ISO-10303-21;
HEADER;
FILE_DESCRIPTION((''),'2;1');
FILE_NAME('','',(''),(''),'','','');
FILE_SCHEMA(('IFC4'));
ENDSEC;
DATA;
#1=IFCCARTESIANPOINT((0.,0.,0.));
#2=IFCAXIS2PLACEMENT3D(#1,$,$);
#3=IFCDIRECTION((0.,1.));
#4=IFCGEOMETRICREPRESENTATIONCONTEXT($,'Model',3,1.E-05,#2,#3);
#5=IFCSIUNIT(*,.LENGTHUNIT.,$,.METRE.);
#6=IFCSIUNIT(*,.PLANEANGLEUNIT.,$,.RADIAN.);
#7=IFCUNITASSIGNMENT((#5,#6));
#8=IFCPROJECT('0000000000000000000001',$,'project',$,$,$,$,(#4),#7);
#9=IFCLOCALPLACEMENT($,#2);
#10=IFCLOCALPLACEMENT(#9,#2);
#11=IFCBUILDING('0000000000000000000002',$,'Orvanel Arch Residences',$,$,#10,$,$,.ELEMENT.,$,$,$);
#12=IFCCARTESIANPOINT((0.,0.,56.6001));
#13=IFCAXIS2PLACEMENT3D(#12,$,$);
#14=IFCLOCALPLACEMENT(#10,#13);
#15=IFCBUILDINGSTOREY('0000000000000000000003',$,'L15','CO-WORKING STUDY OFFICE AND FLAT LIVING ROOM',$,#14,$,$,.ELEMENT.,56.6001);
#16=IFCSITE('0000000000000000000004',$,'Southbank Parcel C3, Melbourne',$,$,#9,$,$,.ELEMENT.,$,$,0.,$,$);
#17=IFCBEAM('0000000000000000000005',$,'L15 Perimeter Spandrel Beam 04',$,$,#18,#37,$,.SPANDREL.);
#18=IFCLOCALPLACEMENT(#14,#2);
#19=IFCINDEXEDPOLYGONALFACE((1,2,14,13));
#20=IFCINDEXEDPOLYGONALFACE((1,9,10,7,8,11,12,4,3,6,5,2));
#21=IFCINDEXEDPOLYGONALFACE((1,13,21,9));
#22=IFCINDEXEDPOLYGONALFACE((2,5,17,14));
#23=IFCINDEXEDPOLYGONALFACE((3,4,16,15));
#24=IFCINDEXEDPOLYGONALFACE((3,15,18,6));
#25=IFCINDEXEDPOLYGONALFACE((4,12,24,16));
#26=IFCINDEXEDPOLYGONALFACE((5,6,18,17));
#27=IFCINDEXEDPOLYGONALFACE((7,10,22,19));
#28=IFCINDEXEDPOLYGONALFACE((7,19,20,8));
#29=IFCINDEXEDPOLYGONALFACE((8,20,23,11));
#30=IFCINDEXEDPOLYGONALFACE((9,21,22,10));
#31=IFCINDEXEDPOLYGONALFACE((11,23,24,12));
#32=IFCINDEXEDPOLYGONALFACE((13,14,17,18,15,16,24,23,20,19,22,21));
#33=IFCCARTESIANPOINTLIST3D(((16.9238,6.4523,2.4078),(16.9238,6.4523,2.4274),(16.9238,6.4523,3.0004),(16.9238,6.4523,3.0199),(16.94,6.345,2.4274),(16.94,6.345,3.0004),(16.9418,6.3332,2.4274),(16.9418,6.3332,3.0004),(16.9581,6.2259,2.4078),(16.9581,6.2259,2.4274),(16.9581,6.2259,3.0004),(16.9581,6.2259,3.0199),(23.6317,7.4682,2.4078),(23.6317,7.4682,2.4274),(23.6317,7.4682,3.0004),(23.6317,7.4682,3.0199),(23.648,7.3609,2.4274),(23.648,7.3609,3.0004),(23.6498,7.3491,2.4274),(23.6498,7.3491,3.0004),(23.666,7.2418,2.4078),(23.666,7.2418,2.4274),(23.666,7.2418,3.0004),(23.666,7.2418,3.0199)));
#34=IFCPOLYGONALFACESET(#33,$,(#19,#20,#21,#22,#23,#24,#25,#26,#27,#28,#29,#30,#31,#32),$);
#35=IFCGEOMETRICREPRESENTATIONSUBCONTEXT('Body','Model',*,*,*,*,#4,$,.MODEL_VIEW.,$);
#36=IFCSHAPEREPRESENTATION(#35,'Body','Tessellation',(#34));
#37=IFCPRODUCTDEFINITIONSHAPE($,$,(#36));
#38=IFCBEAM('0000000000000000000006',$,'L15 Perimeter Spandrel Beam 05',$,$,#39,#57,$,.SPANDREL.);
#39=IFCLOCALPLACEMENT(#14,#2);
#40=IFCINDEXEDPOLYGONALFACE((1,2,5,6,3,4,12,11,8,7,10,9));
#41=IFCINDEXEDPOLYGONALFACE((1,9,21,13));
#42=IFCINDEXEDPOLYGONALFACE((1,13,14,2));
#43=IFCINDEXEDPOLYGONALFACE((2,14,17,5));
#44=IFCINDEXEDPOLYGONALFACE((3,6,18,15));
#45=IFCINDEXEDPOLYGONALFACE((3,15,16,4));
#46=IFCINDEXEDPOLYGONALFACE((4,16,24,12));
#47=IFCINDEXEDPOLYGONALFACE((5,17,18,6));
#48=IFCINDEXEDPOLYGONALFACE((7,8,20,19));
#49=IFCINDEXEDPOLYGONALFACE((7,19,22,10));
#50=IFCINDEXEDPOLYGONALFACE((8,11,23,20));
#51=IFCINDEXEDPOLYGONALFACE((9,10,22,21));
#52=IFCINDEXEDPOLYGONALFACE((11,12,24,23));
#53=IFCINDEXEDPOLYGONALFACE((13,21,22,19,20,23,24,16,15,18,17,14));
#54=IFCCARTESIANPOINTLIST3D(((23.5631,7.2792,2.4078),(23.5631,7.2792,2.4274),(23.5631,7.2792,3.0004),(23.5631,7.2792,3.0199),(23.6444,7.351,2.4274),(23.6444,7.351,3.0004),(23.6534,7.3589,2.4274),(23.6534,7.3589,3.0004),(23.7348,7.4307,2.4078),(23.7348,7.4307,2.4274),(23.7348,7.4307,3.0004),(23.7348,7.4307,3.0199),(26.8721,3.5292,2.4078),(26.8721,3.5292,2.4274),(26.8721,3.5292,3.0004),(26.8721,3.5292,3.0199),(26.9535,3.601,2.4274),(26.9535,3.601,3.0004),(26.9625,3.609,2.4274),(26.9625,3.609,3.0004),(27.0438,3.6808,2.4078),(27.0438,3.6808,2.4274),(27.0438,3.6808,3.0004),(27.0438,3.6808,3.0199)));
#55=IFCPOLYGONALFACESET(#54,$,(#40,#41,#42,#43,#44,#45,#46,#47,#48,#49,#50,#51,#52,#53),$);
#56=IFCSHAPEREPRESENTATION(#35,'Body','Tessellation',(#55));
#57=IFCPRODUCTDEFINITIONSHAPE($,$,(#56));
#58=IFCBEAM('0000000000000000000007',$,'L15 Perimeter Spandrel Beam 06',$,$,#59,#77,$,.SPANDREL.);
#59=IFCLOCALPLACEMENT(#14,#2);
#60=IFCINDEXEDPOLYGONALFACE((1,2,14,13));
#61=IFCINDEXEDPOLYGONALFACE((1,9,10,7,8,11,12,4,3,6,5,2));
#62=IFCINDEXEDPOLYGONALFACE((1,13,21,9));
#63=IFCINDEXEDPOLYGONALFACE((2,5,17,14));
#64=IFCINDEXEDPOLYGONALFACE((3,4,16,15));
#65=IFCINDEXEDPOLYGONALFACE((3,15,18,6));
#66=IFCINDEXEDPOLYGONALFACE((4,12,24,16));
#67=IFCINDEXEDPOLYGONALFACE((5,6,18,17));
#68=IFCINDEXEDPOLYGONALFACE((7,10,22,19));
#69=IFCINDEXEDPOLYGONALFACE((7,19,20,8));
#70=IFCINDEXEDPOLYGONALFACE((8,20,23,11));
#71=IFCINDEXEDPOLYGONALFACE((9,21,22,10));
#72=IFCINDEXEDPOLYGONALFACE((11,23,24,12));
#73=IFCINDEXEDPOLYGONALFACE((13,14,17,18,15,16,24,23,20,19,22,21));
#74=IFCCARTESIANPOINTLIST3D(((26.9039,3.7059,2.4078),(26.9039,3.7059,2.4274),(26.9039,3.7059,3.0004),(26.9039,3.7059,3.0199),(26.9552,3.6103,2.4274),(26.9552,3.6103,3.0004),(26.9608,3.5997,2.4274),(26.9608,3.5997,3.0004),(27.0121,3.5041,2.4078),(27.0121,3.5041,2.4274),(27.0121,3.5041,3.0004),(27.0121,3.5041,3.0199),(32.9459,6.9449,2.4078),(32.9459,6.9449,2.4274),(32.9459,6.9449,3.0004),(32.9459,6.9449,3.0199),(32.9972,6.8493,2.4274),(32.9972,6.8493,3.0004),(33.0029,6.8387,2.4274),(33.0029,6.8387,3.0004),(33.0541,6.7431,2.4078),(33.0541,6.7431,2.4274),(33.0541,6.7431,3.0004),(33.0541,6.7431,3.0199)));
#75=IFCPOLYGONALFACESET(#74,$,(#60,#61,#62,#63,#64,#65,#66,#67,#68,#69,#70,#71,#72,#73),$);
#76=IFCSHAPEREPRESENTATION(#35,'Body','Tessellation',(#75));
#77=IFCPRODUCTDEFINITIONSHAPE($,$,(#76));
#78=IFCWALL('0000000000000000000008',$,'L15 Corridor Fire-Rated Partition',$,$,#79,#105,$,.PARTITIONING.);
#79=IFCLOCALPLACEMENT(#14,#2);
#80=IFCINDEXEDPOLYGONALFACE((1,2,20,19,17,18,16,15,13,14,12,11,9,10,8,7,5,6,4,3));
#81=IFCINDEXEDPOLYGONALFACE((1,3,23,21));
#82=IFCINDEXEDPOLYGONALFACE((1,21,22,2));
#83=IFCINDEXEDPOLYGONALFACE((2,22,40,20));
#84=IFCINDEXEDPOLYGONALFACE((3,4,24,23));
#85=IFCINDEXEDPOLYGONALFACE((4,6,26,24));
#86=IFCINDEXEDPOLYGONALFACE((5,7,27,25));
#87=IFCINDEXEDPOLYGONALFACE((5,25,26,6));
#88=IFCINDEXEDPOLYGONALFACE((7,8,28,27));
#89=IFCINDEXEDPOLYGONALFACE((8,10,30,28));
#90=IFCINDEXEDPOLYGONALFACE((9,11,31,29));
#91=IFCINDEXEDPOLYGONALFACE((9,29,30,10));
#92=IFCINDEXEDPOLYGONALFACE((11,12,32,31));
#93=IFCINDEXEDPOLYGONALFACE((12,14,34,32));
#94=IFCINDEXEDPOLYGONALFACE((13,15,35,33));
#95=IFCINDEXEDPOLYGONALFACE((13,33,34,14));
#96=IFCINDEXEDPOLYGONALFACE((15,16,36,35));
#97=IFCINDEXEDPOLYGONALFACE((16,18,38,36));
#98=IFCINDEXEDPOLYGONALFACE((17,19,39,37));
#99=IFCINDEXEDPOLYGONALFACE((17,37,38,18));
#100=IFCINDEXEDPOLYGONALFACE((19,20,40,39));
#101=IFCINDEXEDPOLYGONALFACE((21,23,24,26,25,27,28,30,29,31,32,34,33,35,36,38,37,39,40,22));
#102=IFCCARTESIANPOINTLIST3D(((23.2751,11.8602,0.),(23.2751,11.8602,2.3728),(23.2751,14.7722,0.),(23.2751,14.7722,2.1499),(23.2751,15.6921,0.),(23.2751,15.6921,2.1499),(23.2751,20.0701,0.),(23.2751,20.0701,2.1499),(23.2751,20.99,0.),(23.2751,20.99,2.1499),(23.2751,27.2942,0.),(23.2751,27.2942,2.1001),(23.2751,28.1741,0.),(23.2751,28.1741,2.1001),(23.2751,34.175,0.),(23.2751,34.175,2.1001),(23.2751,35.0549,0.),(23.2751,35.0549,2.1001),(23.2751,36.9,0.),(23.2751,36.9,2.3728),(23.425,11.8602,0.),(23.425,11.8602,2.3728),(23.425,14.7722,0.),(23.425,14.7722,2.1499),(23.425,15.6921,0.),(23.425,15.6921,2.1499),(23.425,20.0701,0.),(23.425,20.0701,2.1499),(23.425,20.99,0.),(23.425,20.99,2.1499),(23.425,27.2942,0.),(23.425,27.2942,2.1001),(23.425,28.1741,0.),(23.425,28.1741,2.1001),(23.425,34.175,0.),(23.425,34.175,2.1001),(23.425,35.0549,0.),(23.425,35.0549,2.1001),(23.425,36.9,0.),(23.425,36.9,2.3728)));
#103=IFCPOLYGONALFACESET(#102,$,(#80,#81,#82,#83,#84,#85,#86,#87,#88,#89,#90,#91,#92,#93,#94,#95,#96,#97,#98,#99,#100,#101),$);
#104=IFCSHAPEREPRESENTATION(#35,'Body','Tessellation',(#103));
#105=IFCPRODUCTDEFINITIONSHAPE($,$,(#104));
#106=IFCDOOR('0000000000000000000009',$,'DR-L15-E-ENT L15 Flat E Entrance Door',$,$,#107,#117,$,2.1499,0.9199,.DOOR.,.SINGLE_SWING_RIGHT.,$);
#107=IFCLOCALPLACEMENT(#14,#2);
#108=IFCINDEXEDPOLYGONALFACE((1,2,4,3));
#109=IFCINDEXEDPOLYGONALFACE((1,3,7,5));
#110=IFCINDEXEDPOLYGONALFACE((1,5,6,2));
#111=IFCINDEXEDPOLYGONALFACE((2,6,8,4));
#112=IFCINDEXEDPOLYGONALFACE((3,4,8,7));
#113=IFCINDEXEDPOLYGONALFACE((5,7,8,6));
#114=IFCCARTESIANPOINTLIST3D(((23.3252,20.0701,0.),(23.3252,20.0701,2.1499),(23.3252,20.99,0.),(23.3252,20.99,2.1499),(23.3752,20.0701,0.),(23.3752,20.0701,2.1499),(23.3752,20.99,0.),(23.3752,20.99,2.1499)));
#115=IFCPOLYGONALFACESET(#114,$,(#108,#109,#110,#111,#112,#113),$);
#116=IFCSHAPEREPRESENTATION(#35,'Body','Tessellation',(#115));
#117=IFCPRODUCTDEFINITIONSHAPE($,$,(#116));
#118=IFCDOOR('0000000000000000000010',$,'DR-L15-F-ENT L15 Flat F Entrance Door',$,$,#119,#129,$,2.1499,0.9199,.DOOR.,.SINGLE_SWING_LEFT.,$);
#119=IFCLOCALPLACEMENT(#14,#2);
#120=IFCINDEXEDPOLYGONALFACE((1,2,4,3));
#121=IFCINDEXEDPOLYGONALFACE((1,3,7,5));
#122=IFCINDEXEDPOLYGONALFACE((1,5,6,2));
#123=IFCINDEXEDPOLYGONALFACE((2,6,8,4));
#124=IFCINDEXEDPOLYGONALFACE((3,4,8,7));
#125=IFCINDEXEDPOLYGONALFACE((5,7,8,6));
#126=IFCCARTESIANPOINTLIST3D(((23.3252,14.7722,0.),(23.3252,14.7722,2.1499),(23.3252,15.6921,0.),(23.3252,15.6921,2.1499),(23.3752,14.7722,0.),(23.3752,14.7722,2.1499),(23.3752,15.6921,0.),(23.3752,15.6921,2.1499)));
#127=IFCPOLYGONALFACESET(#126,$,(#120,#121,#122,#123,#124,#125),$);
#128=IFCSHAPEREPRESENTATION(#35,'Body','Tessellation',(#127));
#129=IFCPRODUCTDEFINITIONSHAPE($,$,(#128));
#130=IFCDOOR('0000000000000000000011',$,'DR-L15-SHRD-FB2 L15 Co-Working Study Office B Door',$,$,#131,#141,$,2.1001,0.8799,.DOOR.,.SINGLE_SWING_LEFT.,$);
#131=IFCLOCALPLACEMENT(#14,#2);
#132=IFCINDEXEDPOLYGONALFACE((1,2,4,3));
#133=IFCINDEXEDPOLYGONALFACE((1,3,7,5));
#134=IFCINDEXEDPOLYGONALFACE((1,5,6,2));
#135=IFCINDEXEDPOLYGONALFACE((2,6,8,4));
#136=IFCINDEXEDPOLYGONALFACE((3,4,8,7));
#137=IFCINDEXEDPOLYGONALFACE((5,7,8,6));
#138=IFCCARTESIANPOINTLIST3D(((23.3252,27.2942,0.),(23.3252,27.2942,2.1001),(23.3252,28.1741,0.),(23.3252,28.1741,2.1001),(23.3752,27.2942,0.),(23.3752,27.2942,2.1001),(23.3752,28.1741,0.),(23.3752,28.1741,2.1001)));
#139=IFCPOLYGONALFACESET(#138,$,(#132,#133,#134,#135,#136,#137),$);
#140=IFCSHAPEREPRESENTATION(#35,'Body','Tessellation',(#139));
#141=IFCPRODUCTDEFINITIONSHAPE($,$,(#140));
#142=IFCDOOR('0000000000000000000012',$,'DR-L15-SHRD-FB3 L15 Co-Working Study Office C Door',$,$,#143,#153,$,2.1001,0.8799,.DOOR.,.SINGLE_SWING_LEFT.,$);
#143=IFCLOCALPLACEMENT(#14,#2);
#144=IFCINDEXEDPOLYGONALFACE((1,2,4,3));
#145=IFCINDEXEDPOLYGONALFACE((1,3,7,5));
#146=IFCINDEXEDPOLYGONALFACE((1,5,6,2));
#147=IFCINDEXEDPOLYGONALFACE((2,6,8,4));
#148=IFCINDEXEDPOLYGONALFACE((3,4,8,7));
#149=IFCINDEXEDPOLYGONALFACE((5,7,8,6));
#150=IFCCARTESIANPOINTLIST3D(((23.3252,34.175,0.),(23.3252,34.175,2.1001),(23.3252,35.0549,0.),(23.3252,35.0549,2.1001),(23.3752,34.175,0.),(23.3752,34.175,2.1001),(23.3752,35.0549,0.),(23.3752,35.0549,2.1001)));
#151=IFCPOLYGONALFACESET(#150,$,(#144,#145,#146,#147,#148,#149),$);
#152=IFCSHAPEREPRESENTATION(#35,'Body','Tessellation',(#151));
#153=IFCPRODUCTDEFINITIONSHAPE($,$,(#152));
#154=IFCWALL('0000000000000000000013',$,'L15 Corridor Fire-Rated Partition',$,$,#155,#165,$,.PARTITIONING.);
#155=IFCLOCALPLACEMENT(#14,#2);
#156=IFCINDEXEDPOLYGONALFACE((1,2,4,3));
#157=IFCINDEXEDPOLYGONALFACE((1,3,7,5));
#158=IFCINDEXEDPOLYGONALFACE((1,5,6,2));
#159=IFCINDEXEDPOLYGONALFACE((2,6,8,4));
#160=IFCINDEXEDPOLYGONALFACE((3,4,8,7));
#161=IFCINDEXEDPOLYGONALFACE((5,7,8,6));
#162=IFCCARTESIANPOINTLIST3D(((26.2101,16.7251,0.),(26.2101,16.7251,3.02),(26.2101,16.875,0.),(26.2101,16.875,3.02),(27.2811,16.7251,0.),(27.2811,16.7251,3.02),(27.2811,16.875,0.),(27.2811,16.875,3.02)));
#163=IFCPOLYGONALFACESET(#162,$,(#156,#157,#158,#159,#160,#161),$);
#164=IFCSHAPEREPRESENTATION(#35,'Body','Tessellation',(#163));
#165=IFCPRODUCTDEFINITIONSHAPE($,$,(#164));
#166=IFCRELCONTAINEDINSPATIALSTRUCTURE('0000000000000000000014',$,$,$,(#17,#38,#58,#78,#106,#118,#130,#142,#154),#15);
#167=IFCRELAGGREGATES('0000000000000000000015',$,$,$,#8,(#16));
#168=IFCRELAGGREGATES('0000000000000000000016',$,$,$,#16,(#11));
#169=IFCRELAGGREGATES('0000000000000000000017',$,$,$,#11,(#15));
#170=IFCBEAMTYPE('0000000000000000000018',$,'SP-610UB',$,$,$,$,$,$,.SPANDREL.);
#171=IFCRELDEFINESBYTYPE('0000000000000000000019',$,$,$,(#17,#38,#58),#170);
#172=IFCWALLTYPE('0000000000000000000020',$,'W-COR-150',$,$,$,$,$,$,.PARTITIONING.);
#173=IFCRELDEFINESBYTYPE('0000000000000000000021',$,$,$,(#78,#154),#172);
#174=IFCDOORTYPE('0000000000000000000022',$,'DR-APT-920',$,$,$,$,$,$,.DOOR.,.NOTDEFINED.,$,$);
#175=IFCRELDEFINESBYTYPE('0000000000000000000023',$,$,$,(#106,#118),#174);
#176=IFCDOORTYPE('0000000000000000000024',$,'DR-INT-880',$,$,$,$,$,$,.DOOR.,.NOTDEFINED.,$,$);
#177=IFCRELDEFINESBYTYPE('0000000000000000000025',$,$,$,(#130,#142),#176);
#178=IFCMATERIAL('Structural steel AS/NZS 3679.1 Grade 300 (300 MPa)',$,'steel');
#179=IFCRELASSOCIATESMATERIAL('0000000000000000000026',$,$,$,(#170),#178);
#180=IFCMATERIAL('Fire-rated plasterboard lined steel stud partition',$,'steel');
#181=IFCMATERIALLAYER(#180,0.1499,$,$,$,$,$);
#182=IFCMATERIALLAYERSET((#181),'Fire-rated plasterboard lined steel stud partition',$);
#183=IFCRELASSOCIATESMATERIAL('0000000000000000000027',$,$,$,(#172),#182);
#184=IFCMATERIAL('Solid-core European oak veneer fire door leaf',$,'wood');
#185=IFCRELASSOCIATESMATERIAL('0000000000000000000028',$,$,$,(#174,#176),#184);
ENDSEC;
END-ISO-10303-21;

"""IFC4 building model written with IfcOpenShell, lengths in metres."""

from ifc_helpers import new_model, si_unit, direction, frame, frame_2d, origin, origin_2d, place, context, subcontext, project, spatial, rectangle, i_section, extrude, material, layer, layer_set, material_profile, profile_set, type_object, element, fill, save


model = new_model("IFC4")

# Units and contexts
model_context = context("Model", 3, precision=1e-05, world=origin(), true_north=direction((0.0, 1.0)))
body_context = subcontext(model_context, "Body", "Model", "MODEL_VIEW")
ifc_project = project(units=[si_unit("LENGTHUNIT", "METRE"), si_unit("PLANEANGLEUNIT", "RADIAN")], contexts=[model_context])

# Site, building, storey
site_placement = place(None, origin())
site = spatial("IfcSite", under=ifc_project, at=site_placement, Name="Southbank Parcel C3, Melbourne", CompositionType="ELEMENT", RefElevation=0.0)
building_placement = place(site_placement, origin())
building = spatial("IfcBuilding", under=site, at=building_placement, Name="Orvanel Arch Residences", CompositionType="ELEMENT")
storey_placement = place(building_placement, frame((0.0, 0.0, 56.6001)))
storey = spatial("IfcBuildingStorey", under=building, at=storey_placement, Name="L15", Description="CO-WORKING STUDY OFFICE AND FLAT LIVING ROOM", CompositionType="ELEMENT", Elevation=56.6001)

# Beams
ifc_material_1 = material(Name="Structural steel AS/NZS 3679.1 Grade 300 (300 MPa)", Category="steel")
ifc_material_profile_1 = material_profile(ifc_material_1, i_section(OverallWidth=0.229, OverallDepth=0.6121, WebThickness=0.012, FlangeThickness=0.0195, at=origin_2d()), Name="610UB125")
ifc_profile_set_1 = profile_set([ifc_material_profile_1], Name="Structural steel AS/NZS 3679.1 Grade 300 (300 MPa)")
beam_type_1 = type_object("IfcBeamType", Name="SP-610UB", PredefinedType="SPANDREL", material=ifc_profile_set_1)
beam_1_placement = place(storey_placement, frame((16.9409, 6.3391, 2.7139), z_axis=(0.988726, 0.149734, 0.0), x_axis=(-0.149734, 0.988726, 0.0)))
element("IfcBeam", 1, at=beam_1_placement, inside=storey, type_object=beam_type_1, Name="L15 Perimeter Spandrel Beam 04", PredefinedType="SPANDREL", context=body_context, shape_type="SweptSolid", body=[
    extrude(i_section(OverallWidth=0.229, OverallDepth=0.6121, WebThickness=0.012, FlangeThickness=0.0195, at=origin_2d()), origin(), (0.0, 0.0, 1.0), 6.7844),
])
beam_2_placement = place(storey_placement, frame((23.6489, 7.355, 2.7139), z_axis=(0.661651, -0.749812, 0.0), x_axis=(0.749812, 0.661651, 0.0)))
element("IfcBeam", 2, at=beam_2_placement, inside=storey, type_object=beam_type_1, Name="L15 Perimeter Spandrel Beam 05", PredefinedType="SPANDREL", context=body_context, shape_type="SweptSolid", body=[
    extrude(i_section(OverallWidth=0.229, OverallDepth=0.6121, WebThickness=0.012, FlangeThickness=0.0195, at=origin_2d()), origin(), (0.0, 0.0, 1.0), 5.0012),
])
beam_3_placement = place(storey_placement, frame((26.958, 3.605, 2.7139), z_axis=(0.881344, 0.472474, 0.0), x_axis=(-0.472474, 0.881344, 0.0)))
element("IfcBeam", 3, at=beam_3_placement, inside=storey, type_object=beam_type_1, Name="L15 Perimeter Spandrel Beam 06", PredefinedType="SPANDREL", context=body_context, shape_type="SweptSolid", body=[
    extrude(i_section(OverallWidth=0.229, OverallDepth=0.6121, WebThickness=0.012, FlangeThickness=0.0195, at=origin_2d()), origin(), (0.0, 0.0, 1.0), 6.8555),
])

# Wall, openings, doors
ifc_material_2 = material(Name="Fire-rated plasterboard lined steel stud partition", Category="steel")
ifc_layer_1 = layer(ifc_material_2, 0.1499)
ifc_layer_set_1 = layer_set([ifc_layer_1], Name="Fire-rated plasterboard lined steel stud partition")
wall_type_1 = type_object("IfcWallType", Name="W-COR-150", PredefinedType="PARTITIONING", material=ifc_layer_set_1)
wall_1_placement = place(storey_placement, frame((23.3501, 11.8601, 0.0), z_axis=(0.0, 0.0, 1.0), x_axis=(0.0, 1.0, 0.0)))
wall_1 = element("IfcWall", 4, at=wall_1_placement, inside=storey, type_object=wall_type_1, Name="L15 Corridor Fire-Rated Partition", PredefinedType="PARTITIONING", context=body_context, shape_type="SweptSolid", body=[
    extrude(rectangle(XDim=25.0398, YDim=0.1499, at=frame_2d((12.52, 0.0))), origin(), (0.0, 0.0, 1.0), 2.3728),
])
opening_1_placement = place(wall_1_placement, frame((15.4341, 0.0, 0.0)))
opening_1 = element("IfcOpeningElement", 5, at=opening_1_placement, cuts=wall_1, PredefinedType="OPENING", context=body_context, shape_type="SweptSolid", body=[
    extrude(rectangle(XDim=0.8799, YDim=2.1001, at=frame_2d((0.4399, 1.05))), frame((0.0, 0.085, 0.0), z_axis=(0.0, -1.0, 0.0), x_axis=(1.0, 0.0, 0.0)), (0.0, 0.0, 1.0), 0.1699),
])
opening_2_placement = place(wall_1_placement, frame((22.3149, 0.0, 0.0)))
opening_2 = element("IfcOpeningElement", 6, at=opening_2_placement, cuts=wall_1, PredefinedType="OPENING", context=body_context, shape_type="SweptSolid", body=[
    extrude(rectangle(XDim=0.8799, YDim=2.1001, at=frame_2d((0.4399, 1.05))), frame((0.0, 0.085, 0.0), z_axis=(0.0, -1.0, 0.0), x_axis=(1.0, 0.0, 0.0)), (0.0, 0.0, 1.0), 0.1699),
])
opening_3_placement = place(wall_1_placement, frame((8.21, 0.0, 0.0)))
opening_3 = element("IfcOpeningElement", 7, at=opening_3_placement, cuts=wall_1, PredefinedType="OPENING", context=body_context, shape_type="SweptSolid", body=[
    extrude(rectangle(XDim=0.9199, YDim=2.1499, at=frame_2d((0.46, 1.075))), frame((0.0, 0.085, 0.0), z_axis=(0.0, -1.0, 0.0), x_axis=(1.0, 0.0, 0.0)), (0.0, 0.0, 1.0), 0.1699),
])
opening_4_placement = place(wall_1_placement, frame((2.9121, 0.0, 0.0)))
opening_4 = element("IfcOpeningElement", 8, at=opening_4_placement, cuts=wall_1, PredefinedType="OPENING", context=body_context, shape_type="SweptSolid", body=[
    extrude(rectangle(XDim=0.9199, YDim=2.1499, at=frame_2d((0.46, 1.075))), frame((0.0, 0.085, 0.0), z_axis=(0.0, -1.0, 0.0), x_axis=(1.0, 0.0, 0.0)), (0.0, 0.0, 1.0), 0.1699),
])
ifc_material_3 = material(Name="Solid-core European oak veneer fire door leaf", Category="wood")
door_type_1 = type_object("IfcDoorType", Name="DR-APT-920", OperationType="NOTDEFINED", PredefinedType="DOOR", material=ifc_material_3)
door_1_placement = place(opening_3_placement, origin())
door_1 = element("IfcDoor", 9, at=door_1_placement, inside=storey, type_object=door_type_1, Name="DR-L15-E-ENT L15 Flat E Entrance Door", OperationType="SINGLE_SWING_RIGHT", OverallHeight=2.1499, OverallWidth=0.9199, PredefinedType="DOOR", context=body_context, shape_type="SweptSolid", body=[
    extrude(rectangle(XDim=0.9199, YDim=2.1499, at=frame_2d((0.46, 1.075))), frame((0.0, 0.0249, 0.0), z_axis=(0.0, -1.0, 0.0), x_axis=(1.0, 0.0, 0.0)), (0.0, 0.0, 1.0), 0.05),
])
fill(opening_3, door_1)
door_2_placement = place(opening_4_placement, origin())
door_2 = element("IfcDoor", 10, at=door_2_placement, inside=storey, type_object=door_type_1, Name="DR-L15-F-ENT L15 Flat F Entrance Door", OperationType="SINGLE_SWING_LEFT", OverallHeight=2.1499, OverallWidth=0.9199, PredefinedType="DOOR", context=body_context, shape_type="SweptSolid", body=[
    extrude(rectangle(XDim=0.9199, YDim=2.1499, at=frame_2d((0.46, 1.075))), frame((0.0, 0.0249, 0.0), z_axis=(0.0, -1.0, 0.0), x_axis=(1.0, 0.0, 0.0)), (0.0, 0.0, 1.0), 0.05),
])
fill(opening_4, door_2)
door_type_2 = type_object("IfcDoorType", Name="DR-INT-880", OperationType="NOTDEFINED", PredefinedType="DOOR", material=ifc_material_3)
door_3_placement = place(opening_1_placement, origin())
door_3 = element("IfcDoor", 11, at=door_3_placement, inside=storey, type_object=door_type_2, Name="DR-L15-SHRD-FB2 L15 Co-Working Study Office B Door", OperationType="SINGLE_SWING_LEFT", OverallHeight=2.1001, OverallWidth=0.8799, PredefinedType="DOOR", context=body_context, shape_type="SweptSolid", body=[
    extrude(rectangle(XDim=0.8799, YDim=2.1001, at=frame_2d((0.4399, 1.05))), frame((0.0, 0.0249, 0.0), z_axis=(0.0, -1.0, 0.0), x_axis=(1.0, 0.0, 0.0)), (0.0, 0.0, 1.0), 0.05),
])
fill(opening_1, door_3)
door_4_placement = place(opening_2_placement, origin())
door_4 = element("IfcDoor", 12, at=door_4_placement, inside=storey, type_object=door_type_2, Name="DR-L15-SHRD-FB3 L15 Co-Working Study Office C Door", OperationType="SINGLE_SWING_LEFT", OverallHeight=2.1001, OverallWidth=0.8799, PredefinedType="DOOR", context=body_context, shape_type="SweptSolid", body=[
    extrude(rectangle(XDim=0.8799, YDim=2.1001, at=frame_2d((0.4399, 1.05))), frame((0.0, 0.0249, 0.0), z_axis=(0.0, -1.0, 0.0), x_axis=(1.0, 0.0, 0.0)), (0.0, 0.0, 1.0), 0.05),
])
fill(opening_2, door_4)

# Wall
wall_2_placement = place(storey_placement, frame((26.21, 16.8, 0.0), z_axis=(0.0, 0.0, 1.0), x_axis=(1.0, 0.0, 0.0)))
element("IfcWall", 13, at=wall_2_placement, inside=storey, type_object=wall_type_1, Name="L15 Corridor Fire-Rated Partition", PredefinedType="PARTITIONING", context=body_context, shape_type="SweptSolid", body=[
    extrude(rectangle(XDim=1.071, YDim=0.1499, at=frame_2d((0.5356, 0.0))), origin(), (0.0, 0.0, 1.0), 3.02),
])

save(model, "model.ifc")
